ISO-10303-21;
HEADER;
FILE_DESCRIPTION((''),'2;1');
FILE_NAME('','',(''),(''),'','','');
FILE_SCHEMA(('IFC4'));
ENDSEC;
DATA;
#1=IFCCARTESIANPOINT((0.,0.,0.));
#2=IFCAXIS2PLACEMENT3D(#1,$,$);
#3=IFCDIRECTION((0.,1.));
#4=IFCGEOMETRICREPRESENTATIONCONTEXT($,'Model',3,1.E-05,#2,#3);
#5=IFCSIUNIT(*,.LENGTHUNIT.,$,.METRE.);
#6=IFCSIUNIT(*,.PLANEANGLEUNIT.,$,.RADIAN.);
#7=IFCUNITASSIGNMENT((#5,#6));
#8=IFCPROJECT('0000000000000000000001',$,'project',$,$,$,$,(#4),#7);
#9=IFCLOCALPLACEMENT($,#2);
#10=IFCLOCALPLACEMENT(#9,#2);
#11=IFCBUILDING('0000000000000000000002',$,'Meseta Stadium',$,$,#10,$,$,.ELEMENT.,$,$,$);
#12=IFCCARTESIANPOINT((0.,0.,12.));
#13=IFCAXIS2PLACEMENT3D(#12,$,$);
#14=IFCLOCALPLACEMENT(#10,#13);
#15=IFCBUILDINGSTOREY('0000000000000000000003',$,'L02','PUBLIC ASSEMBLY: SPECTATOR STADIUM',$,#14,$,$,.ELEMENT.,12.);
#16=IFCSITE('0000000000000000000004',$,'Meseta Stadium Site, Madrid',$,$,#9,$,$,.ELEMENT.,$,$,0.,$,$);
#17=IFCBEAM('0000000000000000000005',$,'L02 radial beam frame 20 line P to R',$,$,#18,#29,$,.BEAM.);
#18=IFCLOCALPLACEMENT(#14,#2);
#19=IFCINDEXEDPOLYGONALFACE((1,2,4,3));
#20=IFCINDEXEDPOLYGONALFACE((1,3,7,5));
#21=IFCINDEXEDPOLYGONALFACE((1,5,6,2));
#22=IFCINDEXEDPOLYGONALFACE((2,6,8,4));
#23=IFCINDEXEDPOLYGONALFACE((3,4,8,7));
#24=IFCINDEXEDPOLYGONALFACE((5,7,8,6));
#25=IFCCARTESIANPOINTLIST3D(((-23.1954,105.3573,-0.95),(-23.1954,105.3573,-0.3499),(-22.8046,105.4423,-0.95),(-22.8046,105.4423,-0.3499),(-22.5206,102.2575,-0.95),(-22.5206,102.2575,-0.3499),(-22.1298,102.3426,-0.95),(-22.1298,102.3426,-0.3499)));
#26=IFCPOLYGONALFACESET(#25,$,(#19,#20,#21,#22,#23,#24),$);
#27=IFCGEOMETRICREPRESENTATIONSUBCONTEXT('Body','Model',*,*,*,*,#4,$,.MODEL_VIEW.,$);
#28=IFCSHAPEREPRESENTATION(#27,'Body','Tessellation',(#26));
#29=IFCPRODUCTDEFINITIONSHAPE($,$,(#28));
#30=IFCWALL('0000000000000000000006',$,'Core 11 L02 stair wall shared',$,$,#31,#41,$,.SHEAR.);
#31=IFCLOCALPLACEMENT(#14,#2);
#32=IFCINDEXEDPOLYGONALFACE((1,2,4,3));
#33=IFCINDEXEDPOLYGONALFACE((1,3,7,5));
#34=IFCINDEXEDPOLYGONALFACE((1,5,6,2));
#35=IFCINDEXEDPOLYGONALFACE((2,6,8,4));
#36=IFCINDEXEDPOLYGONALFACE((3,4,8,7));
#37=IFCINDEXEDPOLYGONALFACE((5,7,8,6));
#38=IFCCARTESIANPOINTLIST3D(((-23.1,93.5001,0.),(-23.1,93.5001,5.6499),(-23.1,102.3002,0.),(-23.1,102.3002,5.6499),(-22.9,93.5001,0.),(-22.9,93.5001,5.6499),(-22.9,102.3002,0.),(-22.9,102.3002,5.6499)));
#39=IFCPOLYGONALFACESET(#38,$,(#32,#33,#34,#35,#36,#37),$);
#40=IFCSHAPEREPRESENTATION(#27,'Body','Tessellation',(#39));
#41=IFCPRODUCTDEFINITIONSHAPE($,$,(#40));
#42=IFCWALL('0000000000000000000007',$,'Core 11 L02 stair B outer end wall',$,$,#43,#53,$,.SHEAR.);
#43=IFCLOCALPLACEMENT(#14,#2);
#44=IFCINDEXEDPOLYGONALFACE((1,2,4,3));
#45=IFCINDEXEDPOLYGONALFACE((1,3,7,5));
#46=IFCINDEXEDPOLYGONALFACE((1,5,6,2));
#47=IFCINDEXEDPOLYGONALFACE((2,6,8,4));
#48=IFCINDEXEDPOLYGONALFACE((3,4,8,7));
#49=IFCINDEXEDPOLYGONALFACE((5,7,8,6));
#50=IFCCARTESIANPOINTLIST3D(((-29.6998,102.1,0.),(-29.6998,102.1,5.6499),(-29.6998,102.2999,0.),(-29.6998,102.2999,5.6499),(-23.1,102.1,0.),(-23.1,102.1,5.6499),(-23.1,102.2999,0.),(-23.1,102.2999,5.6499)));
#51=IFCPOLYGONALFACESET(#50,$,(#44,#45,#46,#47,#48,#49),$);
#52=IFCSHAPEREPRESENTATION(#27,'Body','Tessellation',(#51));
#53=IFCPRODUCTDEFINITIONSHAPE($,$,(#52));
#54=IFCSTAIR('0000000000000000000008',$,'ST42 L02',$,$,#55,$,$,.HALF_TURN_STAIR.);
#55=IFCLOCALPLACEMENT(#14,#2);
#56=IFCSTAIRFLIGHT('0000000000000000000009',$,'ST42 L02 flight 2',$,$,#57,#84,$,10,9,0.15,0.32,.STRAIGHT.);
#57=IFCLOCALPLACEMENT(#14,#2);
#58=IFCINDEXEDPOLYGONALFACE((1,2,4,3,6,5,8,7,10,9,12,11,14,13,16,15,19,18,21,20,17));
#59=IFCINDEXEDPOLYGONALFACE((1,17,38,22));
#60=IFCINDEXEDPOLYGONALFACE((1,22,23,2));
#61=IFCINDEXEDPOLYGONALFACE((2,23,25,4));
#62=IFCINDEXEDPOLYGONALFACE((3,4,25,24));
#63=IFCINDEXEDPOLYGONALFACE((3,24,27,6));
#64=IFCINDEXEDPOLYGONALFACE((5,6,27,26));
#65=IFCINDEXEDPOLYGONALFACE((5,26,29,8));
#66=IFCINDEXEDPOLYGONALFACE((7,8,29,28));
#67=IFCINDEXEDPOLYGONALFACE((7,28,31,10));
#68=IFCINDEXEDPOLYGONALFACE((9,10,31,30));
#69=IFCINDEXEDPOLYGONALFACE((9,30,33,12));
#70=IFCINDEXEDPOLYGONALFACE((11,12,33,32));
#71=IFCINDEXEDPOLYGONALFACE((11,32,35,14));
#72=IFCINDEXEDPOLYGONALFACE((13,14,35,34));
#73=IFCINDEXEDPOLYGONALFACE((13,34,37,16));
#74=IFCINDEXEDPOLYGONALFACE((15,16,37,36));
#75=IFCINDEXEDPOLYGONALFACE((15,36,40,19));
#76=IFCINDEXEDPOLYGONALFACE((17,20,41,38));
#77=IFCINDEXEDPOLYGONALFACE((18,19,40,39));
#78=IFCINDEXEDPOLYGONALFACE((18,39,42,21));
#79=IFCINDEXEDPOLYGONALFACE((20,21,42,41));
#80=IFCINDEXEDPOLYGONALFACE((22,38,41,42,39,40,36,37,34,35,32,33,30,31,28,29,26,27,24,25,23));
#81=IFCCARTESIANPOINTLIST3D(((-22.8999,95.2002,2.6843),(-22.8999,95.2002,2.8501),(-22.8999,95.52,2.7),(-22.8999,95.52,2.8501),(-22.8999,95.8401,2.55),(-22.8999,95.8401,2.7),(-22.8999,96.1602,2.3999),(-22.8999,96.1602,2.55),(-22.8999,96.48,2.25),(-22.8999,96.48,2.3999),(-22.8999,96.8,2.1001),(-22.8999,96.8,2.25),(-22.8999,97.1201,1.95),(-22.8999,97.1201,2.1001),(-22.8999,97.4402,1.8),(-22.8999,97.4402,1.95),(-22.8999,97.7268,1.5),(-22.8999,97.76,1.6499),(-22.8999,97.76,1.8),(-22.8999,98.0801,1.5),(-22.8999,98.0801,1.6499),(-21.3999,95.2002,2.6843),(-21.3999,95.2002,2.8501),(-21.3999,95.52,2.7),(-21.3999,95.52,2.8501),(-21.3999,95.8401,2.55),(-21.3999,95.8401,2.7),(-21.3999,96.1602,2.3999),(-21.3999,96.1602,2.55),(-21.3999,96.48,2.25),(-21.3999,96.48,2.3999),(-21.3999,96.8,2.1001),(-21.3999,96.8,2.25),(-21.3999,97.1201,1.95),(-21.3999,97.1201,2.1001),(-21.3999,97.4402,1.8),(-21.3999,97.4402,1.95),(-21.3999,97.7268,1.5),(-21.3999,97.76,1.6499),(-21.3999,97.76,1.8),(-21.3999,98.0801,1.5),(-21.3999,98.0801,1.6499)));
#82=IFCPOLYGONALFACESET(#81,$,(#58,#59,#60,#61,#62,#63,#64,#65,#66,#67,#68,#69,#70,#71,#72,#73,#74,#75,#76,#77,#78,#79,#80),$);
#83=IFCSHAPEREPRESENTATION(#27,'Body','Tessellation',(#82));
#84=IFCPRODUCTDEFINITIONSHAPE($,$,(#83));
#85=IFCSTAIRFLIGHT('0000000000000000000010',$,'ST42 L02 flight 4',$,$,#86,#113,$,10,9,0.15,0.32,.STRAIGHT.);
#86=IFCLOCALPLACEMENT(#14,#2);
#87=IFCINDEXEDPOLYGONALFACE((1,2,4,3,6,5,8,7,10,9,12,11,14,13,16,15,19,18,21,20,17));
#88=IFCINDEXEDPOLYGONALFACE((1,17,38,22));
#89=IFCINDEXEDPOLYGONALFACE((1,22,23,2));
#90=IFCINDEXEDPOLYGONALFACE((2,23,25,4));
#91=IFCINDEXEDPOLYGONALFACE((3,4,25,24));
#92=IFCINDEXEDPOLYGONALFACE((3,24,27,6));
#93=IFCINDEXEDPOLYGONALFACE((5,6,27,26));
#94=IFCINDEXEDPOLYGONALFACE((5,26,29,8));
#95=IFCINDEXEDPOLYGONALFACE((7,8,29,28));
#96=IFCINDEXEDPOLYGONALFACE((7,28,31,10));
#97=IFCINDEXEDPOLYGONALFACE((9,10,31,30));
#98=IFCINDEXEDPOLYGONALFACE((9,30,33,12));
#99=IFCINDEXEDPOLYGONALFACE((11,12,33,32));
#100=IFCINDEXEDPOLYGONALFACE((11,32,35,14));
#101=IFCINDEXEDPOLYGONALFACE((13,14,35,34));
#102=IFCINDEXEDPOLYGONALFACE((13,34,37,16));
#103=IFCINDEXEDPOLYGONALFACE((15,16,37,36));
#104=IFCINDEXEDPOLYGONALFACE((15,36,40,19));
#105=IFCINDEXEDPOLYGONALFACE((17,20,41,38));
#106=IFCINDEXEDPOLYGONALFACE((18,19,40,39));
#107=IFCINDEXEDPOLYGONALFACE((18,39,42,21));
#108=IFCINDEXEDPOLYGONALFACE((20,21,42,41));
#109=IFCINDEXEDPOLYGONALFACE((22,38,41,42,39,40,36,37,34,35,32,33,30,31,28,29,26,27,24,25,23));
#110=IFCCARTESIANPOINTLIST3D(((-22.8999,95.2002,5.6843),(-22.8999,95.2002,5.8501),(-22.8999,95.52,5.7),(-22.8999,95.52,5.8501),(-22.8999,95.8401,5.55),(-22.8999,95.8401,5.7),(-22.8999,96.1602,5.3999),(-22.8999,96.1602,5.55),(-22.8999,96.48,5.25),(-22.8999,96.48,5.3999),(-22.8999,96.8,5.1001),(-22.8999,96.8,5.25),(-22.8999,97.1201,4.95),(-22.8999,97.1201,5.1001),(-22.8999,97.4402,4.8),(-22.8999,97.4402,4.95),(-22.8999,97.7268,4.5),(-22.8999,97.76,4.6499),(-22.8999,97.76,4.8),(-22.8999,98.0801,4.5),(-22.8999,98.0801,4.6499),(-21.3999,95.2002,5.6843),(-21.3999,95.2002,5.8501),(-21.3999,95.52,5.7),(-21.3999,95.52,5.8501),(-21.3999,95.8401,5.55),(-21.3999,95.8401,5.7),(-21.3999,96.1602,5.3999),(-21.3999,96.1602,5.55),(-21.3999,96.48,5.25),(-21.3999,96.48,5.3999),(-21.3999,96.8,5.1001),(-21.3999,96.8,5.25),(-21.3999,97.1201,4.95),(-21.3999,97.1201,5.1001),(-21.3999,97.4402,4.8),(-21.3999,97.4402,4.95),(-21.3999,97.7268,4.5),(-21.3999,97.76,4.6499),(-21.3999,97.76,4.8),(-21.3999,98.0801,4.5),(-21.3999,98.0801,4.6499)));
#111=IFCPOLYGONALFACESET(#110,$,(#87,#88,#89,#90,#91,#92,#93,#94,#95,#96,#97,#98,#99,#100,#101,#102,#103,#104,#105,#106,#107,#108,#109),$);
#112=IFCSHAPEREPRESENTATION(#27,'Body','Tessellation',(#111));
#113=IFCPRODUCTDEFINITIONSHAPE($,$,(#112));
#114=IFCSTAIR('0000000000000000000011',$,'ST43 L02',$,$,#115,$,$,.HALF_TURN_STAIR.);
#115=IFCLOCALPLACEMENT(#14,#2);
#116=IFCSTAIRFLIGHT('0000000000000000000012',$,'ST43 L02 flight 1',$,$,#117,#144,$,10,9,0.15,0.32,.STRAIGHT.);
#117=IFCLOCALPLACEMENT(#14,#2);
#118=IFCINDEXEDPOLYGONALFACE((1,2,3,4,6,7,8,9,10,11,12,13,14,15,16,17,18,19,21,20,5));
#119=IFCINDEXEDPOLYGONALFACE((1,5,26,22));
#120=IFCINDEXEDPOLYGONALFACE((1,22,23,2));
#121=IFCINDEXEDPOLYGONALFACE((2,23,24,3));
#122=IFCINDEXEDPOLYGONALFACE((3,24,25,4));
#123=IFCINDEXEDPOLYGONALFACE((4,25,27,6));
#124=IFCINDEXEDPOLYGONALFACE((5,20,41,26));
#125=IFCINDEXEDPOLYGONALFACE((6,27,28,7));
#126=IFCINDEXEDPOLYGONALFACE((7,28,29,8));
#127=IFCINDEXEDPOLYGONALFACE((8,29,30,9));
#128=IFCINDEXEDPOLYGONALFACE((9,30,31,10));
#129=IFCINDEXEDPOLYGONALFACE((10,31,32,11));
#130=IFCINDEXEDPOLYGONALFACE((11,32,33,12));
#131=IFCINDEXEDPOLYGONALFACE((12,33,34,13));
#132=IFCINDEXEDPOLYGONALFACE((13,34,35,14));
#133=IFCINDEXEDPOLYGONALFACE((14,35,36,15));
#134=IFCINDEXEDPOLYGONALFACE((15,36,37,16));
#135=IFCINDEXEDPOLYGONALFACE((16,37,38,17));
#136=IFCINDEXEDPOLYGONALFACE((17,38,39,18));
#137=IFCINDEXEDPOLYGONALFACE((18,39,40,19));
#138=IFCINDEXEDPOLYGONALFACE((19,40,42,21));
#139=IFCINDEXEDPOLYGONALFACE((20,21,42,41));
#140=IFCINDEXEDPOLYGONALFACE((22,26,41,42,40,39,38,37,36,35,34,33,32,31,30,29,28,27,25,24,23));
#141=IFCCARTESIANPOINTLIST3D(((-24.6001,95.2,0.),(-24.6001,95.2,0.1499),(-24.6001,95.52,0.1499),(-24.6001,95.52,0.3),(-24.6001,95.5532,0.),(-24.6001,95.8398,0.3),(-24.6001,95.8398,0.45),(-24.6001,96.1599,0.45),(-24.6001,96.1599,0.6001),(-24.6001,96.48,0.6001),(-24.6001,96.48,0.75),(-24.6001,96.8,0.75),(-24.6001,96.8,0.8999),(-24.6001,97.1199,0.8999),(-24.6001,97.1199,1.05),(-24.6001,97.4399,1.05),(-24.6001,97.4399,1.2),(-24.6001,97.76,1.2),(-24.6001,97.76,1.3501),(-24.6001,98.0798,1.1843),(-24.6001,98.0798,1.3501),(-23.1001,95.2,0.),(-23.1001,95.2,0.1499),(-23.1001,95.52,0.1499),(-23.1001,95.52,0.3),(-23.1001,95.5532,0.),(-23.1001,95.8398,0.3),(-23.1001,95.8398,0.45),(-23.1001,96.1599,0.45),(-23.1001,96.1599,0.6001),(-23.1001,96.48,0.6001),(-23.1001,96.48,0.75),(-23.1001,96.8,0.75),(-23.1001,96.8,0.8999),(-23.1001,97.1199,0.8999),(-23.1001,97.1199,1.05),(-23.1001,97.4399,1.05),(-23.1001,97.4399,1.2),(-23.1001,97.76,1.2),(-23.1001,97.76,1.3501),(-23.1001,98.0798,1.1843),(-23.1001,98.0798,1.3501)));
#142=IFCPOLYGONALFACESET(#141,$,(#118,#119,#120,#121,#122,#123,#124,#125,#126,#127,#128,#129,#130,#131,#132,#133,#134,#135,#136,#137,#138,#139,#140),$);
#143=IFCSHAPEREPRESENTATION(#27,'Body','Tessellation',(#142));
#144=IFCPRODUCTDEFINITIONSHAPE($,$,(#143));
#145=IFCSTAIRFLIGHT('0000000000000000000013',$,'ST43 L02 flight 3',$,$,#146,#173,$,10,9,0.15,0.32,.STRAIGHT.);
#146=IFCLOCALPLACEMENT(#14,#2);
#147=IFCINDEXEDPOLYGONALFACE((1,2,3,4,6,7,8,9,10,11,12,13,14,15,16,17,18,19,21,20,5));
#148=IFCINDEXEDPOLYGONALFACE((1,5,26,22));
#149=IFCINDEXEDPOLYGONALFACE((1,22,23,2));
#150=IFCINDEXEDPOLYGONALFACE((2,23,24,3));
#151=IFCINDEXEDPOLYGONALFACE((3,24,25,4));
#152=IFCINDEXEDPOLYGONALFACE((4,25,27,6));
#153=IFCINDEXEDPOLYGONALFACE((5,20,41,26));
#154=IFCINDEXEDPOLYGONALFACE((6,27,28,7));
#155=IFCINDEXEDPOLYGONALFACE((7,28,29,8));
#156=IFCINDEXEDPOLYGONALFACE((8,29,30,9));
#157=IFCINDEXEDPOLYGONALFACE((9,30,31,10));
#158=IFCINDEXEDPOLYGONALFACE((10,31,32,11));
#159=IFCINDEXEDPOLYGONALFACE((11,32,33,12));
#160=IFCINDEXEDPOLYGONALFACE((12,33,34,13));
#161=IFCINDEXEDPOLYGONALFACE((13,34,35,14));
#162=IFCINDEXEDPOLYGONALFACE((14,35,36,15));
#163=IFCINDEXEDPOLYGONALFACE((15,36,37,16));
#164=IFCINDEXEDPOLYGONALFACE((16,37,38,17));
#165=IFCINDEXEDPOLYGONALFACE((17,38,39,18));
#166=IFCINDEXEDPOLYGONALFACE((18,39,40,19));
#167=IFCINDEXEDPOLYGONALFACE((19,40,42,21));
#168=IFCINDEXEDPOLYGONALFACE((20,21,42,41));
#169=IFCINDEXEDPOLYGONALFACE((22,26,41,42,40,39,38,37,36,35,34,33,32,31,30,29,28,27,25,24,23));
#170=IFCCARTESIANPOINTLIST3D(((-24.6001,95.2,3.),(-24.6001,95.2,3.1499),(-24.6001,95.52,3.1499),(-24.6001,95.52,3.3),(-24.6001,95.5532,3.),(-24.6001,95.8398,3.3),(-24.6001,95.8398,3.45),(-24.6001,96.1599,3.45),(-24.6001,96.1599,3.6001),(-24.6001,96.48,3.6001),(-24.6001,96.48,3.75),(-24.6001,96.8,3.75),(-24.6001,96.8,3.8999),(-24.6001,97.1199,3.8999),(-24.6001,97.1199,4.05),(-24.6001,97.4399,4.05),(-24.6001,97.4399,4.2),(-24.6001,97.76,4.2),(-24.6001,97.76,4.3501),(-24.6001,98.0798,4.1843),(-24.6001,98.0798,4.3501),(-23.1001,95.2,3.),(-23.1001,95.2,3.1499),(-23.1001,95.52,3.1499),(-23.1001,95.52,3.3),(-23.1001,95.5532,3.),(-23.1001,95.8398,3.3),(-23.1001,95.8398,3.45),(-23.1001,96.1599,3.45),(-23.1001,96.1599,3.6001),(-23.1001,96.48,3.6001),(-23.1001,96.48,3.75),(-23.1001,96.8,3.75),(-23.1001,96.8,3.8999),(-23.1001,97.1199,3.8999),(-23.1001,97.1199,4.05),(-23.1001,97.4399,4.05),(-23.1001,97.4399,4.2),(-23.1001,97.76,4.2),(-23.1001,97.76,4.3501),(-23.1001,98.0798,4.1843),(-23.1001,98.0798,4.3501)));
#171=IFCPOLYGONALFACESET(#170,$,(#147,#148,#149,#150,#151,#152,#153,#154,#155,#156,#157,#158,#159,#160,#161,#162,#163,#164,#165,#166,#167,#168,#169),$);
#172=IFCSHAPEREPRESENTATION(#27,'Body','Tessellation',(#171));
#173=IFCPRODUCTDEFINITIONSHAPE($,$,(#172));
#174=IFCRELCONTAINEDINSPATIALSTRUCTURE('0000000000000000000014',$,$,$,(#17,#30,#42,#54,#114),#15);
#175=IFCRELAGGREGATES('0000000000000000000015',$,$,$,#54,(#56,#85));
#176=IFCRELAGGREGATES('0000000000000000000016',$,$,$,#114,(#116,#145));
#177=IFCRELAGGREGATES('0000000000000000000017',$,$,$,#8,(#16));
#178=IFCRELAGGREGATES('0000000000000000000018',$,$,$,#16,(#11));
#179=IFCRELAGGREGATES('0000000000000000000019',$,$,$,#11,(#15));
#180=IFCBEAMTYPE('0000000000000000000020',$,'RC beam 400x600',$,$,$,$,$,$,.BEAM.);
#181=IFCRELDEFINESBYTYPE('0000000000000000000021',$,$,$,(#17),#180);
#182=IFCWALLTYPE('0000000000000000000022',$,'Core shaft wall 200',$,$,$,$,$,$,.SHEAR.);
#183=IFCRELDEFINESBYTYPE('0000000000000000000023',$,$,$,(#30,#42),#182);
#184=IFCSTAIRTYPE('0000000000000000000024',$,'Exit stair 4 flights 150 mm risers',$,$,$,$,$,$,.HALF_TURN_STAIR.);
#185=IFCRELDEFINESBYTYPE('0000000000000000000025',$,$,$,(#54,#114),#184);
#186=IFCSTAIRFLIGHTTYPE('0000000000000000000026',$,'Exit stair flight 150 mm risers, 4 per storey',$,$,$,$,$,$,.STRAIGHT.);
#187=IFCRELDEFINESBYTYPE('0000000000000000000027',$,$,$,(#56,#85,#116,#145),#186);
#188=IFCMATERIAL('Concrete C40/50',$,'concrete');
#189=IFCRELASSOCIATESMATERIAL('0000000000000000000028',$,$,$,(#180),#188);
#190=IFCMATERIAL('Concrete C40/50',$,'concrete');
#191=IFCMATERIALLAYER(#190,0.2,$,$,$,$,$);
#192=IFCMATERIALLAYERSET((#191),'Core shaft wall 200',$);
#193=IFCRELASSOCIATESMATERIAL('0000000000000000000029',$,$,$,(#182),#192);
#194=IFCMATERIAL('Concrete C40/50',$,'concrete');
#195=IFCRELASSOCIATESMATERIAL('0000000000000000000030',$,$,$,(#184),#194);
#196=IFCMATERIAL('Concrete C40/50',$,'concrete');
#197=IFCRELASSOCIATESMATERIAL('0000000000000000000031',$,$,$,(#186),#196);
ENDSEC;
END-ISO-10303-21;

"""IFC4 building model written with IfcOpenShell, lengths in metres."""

from ifc_helpers import new_model, si_unit, direction, frame, frame_2d, origin, origin_2d, place, context, subcontext, project, spatial, polyline, rectangle, outline, extrude, material, layer, layer_set, material_profile, profile_set, type_object, element, aggregate, save


model = new_model("IFC4")

# Units and contexts
model_context = context("Model", 3, precision=1e-05, world=origin(), true_north=direction((0.0, 1.0)))
body_context = subcontext(model_context, "Body", "Model", "MODEL_VIEW")
ifc_project = project(units=[si_unit("LENGTHUNIT", "METRE"), si_unit("PLANEANGLEUNIT", "RADIAN")], contexts=[model_context])

# Site, building, storey
site_placement = place(None, origin())
site = spatial("IfcSite", under=ifc_project, at=site_placement, Name="Meseta Stadium Site, Madrid", CompositionType="ELEMENT", RefElevation=0.0)
building_placement = place(site_placement, origin())
building = spatial("IfcBuilding", under=site, at=building_placement, Name="Meseta Stadium", CompositionType="ELEMENT")
storey_placement = place(building_placement, frame((0.0, 0.0, 12.0)))
storey = spatial("IfcBuildingStorey", under=building, at=storey_placement, Name="L02", Description="PUBLIC ASSEMBLY: SPECTATOR STADIUM", CompositionType="ELEMENT", Elevation=12.0)

# Beam
ifc_material_1 = material(Name="Concrete C40/50", Category="concrete")
ifc_material_profile = material_profile(ifc_material_1, rectangle(XDim=0.3999, YDim=0.6001, at=origin_2d()), Name="RC 400x600")
ifc_profile_set = profile_set([ifc_material_profile], Name="Concrete C40/50")
beam_type = type_object("IfcBeamType", Name="RC beam 400x600", PredefinedType="BEAM", material=ifc_profile_set)
beam_placement = place(storey_placement, frame((-22.3252, 102.3, -0.6499), z_axis=(-0.212708, 0.977116, 0.0), x_axis=(-0.977116, -0.212708, 0.0)))
element("IfcBeam", 1, at=beam_placement, inside=storey, type_object=beam_type, Name="L02 radial beam frame 20 line P to R", PredefinedType="BEAM", context=body_context, shape_type="SweptSolid", body=[
    extrude(rectangle(XDim=0.3999, YDim=0.6001, at=origin_2d()), origin(), (0.0, 0.0, 1.0), 3.1724),
])

# Walls
ifc_material_2 = material(Name="Concrete C40/50", Category="concrete")
ifc_layer = layer(ifc_material_2, 0.2)
ifc_layer_set = layer_set([ifc_layer], Name="Core shaft wall 200")
wall_type = type_object("IfcWallType", Name="Core shaft wall 200", PredefinedType="SHEAR", material=ifc_layer_set)
wall_1_placement = place(storey_placement, frame((-23.0, 102.3, 0.0), z_axis=(0.0, 0.0, 1.0), x_axis=(0.0, -1.0, 0.0)))
element("IfcWall", 2, at=wall_1_placement, inside=storey, type_object=wall_type, Name="Core 11 L02 stair wall shared", PredefinedType="SHEAR", context=body_context, shape_type="SweptSolid", body=[
    extrude(rectangle(XDim=8.8, YDim=0.2, at=frame_2d((4.3999, 0.0))), origin(), (0.0, 0.0, 1.0), 5.6499),
])
wall_2_placement = place(storey_placement, frame((-23.1001, 102.2, 0.0), z_axis=(0.0, 0.0, 1.0), x_axis=(-1.0, 0.0, 0.0)))
element("IfcWall", 3, at=wall_2_placement, inside=storey, type_object=wall_type, Name="Core 11 L02 stair B outer end wall", PredefinedType="SHEAR", context=body_context, shape_type="SweptSolid", body=[
    extrude(rectangle(XDim=6.5999, YDim=0.2, at=frame_2d((3.2998, 0.0))), origin(), (0.0, 0.0, 1.0), 5.6499),
])

# Stairs, stair flights
ifc_material_3 = material(Name="Concrete C40/50", Category="concrete")
stair_type = type_object("IfcStairType", Name="Exit stair 4 flights 150 mm risers", PredefinedType="HALF_TURN_STAIR", material=ifc_material_3)
stair_1_placement = place(storey_placement, origin())
stair_1 = element("IfcStair", 4, at=stair_1_placement, inside=storey, type_object=stair_type, Name="ST42 L02", PredefinedType="HALF_TURN_STAIR")
ifc_material_4 = material(Name="Concrete C40/50", Category="concrete")
stair_flight_type = type_object("IfcStairFlightType", Name="Exit stair flight 150 mm risers, 4 per storey", PredefinedType="STRAIGHT", material=ifc_material_4)
stair_flight_1_placement = place(storey_placement, frame((-22.1499, 98.0801, 1.5), z_axis=(0.0, 0.0, 1.0), x_axis=(0.0, -1.0, 0.0)))
stair_flight_1 = element("IfcStairFlight", 5, at=stair_flight_1_placement, type_object=stair_flight_type, Name="ST42 L02 flight 2", NumberOfRisers=10, NumberOfTreads=9, PredefinedType="STRAIGHT", RiserHeight=0.15, TreadLength=0.32, context=body_context, shape_type="SweptSolid", body=[
    extrude(outline(polyline([(0.0, 0.0), (0.0, 0.1499), (0.3201, 0.1499), (0.3201, 0.3), (0.6399, 0.3), (0.6399, 0.45), (0.96, 0.45), (0.96, 0.6001), (1.28, 0.6001), (1.28, 0.75), (1.6001, 0.75), (1.6001, 0.8999), (1.9199, 0.8999), (1.9199, 1.05), (2.24, 1.05), (2.24, 1.2), (2.5601, 1.2), (2.5601, 1.3501), (2.8799, 1.3501), (2.8799, 1.1843), (0.3533, 0.0), (0.0, 0.0)])), frame((0.0, 0.75, 0.0), z_axis=(0.0, -1.0, 0.0), x_axis=(1.0, 0.0, 0.0)), (0.0, 0.0, 1.0), 1.5),
])
stair_flight_2_placement = place(storey_placement, frame((-22.1499, 98.0801, 4.5), z_axis=(0.0, 0.0, 1.0), x_axis=(0.0, -1.0, 0.0)))
stair_flight_2 = element("IfcStairFlight", 6, at=stair_flight_2_placement, type_object=stair_flight_type, Name="ST42 L02 flight 4", NumberOfRisers=10, NumberOfTreads=9, PredefinedType="STRAIGHT", RiserHeight=0.15, TreadLength=0.32, context=body_context, shape_type="SweptSolid", body=[
    extrude(outline(polyline([(0.0, 0.0), (0.0, 0.1499), (0.3201, 0.1499), (0.3201, 0.3), (0.6399, 0.3), (0.6399, 0.45), (0.96, 0.45), (0.96, 0.6001), (1.28, 0.6001), (1.28, 0.75), (1.6001, 0.75), (1.6001, 0.8999), (1.9199, 0.8999), (1.9199, 1.05), (2.24, 1.05), (2.24, 1.2), (2.5601, 1.2), (2.5601, 1.3501), (2.8799, 1.3501), (2.8799, 1.1843), (0.3533, 0.0), (0.0, 0.0)])), frame((0.0, 0.75, 0.0), z_axis=(0.0, -1.0, 0.0), x_axis=(1.0, 0.0, 0.0)), (0.0, 0.0, 1.0), 1.5),
])
aggregate(stair_1, [stair_flight_1, stair_flight_2])
stair_2_placement = place(storey_placement, origin())
stair_2 = element("IfcStair", 7, at=stair_2_placement, inside=storey, type_object=stair_type, Name="ST43 L02", PredefinedType="HALF_TURN_STAIR")
stair_flight_3_placement = place(storey_placement, frame((-23.8501, 95.2, 0.0), z_axis=(0.0, 0.0, 1.0), x_axis=(0.0, 1.0, 0.0)))
stair_flight_3 = element("IfcStairFlight", 8, at=stair_flight_3_placement, type_object=stair_flight_type, Name="ST43 L02 flight 1", NumberOfRisers=10, NumberOfTreads=9, PredefinedType="STRAIGHT", RiserHeight=0.15, TreadLength=0.32, context=body_context, shape_type="SweptSolid", body=[
    extrude(outline(polyline([(0.0, 0.0), (0.0, 0.1499), (0.3201, 0.1499), (0.3201, 0.3), (0.6399, 0.3), (0.6399, 0.45), (0.96, 0.45), (0.96, 0.6001), (1.28, 0.6001), (1.28, 0.75), (1.6001, 0.75), (1.6001, 0.8999), (1.9199, 0.8999), (1.9199, 1.05), (2.24, 1.05), (2.24, 1.2), (2.5601, 1.2), (2.5601, 1.3501), (2.8799, 1.3501), (2.8799, 1.1843), (0.3533, 0.0), (0.0, 0.0)])), frame((0.0, 0.75, 0.0), z_axis=(0.0, -1.0, 0.0), x_axis=(1.0, 0.0, 0.0)), (0.0, 0.0, 1.0), 1.5),
])
stair_flight_4_placement = place(storey_placement, frame((-23.8501, 95.2, 3.0), z_axis=(0.0, 0.0, 1.0), x_axis=(0.0, 1.0, 0.0)))
stair_flight_4 = element("IfcStairFlight", 9, at=stair_flight_4_placement, type_object=stair_flight_type, Name="ST43 L02 flight 3", NumberOfRisers=10, NumberOfTreads=9, PredefinedType="STRAIGHT", RiserHeight=0.15, TreadLength=0.32, context=body_context, shape_type="SweptSolid", body=[
    extrude(outline(polyline([(0.0, 0.0), (0.0, 0.1499), (0.3201, 0.1499), (0.3201, 0.3), (0.6399, 0.3), (0.6399, 0.45), (0.96, 0.45), (0.96, 0.6001), (1.28, 0.6001), (1.28, 0.75), (1.6001, 0.75), (1.6001, 0.8999), (1.9199, 0.8999), (1.9199, 1.05), (2.24, 1.05), (2.24, 1.2), (2.5601, 1.2), (2.5601, 1.3501), (2.8799, 1.3501), (2.8799, 1.1843), (0.3533, 0.0), (0.0, 0.0)])), frame((0.0, 0.75, 0.0), z_axis=(0.0, -1.0, 0.0), x_axis=(1.0, 0.0, 0.0)), (0.0, 0.0, 1.0), 1.5),
])
aggregate(stair_2, [stair_flight_3, stair_flight_4])

save(model, "model.ifc")
